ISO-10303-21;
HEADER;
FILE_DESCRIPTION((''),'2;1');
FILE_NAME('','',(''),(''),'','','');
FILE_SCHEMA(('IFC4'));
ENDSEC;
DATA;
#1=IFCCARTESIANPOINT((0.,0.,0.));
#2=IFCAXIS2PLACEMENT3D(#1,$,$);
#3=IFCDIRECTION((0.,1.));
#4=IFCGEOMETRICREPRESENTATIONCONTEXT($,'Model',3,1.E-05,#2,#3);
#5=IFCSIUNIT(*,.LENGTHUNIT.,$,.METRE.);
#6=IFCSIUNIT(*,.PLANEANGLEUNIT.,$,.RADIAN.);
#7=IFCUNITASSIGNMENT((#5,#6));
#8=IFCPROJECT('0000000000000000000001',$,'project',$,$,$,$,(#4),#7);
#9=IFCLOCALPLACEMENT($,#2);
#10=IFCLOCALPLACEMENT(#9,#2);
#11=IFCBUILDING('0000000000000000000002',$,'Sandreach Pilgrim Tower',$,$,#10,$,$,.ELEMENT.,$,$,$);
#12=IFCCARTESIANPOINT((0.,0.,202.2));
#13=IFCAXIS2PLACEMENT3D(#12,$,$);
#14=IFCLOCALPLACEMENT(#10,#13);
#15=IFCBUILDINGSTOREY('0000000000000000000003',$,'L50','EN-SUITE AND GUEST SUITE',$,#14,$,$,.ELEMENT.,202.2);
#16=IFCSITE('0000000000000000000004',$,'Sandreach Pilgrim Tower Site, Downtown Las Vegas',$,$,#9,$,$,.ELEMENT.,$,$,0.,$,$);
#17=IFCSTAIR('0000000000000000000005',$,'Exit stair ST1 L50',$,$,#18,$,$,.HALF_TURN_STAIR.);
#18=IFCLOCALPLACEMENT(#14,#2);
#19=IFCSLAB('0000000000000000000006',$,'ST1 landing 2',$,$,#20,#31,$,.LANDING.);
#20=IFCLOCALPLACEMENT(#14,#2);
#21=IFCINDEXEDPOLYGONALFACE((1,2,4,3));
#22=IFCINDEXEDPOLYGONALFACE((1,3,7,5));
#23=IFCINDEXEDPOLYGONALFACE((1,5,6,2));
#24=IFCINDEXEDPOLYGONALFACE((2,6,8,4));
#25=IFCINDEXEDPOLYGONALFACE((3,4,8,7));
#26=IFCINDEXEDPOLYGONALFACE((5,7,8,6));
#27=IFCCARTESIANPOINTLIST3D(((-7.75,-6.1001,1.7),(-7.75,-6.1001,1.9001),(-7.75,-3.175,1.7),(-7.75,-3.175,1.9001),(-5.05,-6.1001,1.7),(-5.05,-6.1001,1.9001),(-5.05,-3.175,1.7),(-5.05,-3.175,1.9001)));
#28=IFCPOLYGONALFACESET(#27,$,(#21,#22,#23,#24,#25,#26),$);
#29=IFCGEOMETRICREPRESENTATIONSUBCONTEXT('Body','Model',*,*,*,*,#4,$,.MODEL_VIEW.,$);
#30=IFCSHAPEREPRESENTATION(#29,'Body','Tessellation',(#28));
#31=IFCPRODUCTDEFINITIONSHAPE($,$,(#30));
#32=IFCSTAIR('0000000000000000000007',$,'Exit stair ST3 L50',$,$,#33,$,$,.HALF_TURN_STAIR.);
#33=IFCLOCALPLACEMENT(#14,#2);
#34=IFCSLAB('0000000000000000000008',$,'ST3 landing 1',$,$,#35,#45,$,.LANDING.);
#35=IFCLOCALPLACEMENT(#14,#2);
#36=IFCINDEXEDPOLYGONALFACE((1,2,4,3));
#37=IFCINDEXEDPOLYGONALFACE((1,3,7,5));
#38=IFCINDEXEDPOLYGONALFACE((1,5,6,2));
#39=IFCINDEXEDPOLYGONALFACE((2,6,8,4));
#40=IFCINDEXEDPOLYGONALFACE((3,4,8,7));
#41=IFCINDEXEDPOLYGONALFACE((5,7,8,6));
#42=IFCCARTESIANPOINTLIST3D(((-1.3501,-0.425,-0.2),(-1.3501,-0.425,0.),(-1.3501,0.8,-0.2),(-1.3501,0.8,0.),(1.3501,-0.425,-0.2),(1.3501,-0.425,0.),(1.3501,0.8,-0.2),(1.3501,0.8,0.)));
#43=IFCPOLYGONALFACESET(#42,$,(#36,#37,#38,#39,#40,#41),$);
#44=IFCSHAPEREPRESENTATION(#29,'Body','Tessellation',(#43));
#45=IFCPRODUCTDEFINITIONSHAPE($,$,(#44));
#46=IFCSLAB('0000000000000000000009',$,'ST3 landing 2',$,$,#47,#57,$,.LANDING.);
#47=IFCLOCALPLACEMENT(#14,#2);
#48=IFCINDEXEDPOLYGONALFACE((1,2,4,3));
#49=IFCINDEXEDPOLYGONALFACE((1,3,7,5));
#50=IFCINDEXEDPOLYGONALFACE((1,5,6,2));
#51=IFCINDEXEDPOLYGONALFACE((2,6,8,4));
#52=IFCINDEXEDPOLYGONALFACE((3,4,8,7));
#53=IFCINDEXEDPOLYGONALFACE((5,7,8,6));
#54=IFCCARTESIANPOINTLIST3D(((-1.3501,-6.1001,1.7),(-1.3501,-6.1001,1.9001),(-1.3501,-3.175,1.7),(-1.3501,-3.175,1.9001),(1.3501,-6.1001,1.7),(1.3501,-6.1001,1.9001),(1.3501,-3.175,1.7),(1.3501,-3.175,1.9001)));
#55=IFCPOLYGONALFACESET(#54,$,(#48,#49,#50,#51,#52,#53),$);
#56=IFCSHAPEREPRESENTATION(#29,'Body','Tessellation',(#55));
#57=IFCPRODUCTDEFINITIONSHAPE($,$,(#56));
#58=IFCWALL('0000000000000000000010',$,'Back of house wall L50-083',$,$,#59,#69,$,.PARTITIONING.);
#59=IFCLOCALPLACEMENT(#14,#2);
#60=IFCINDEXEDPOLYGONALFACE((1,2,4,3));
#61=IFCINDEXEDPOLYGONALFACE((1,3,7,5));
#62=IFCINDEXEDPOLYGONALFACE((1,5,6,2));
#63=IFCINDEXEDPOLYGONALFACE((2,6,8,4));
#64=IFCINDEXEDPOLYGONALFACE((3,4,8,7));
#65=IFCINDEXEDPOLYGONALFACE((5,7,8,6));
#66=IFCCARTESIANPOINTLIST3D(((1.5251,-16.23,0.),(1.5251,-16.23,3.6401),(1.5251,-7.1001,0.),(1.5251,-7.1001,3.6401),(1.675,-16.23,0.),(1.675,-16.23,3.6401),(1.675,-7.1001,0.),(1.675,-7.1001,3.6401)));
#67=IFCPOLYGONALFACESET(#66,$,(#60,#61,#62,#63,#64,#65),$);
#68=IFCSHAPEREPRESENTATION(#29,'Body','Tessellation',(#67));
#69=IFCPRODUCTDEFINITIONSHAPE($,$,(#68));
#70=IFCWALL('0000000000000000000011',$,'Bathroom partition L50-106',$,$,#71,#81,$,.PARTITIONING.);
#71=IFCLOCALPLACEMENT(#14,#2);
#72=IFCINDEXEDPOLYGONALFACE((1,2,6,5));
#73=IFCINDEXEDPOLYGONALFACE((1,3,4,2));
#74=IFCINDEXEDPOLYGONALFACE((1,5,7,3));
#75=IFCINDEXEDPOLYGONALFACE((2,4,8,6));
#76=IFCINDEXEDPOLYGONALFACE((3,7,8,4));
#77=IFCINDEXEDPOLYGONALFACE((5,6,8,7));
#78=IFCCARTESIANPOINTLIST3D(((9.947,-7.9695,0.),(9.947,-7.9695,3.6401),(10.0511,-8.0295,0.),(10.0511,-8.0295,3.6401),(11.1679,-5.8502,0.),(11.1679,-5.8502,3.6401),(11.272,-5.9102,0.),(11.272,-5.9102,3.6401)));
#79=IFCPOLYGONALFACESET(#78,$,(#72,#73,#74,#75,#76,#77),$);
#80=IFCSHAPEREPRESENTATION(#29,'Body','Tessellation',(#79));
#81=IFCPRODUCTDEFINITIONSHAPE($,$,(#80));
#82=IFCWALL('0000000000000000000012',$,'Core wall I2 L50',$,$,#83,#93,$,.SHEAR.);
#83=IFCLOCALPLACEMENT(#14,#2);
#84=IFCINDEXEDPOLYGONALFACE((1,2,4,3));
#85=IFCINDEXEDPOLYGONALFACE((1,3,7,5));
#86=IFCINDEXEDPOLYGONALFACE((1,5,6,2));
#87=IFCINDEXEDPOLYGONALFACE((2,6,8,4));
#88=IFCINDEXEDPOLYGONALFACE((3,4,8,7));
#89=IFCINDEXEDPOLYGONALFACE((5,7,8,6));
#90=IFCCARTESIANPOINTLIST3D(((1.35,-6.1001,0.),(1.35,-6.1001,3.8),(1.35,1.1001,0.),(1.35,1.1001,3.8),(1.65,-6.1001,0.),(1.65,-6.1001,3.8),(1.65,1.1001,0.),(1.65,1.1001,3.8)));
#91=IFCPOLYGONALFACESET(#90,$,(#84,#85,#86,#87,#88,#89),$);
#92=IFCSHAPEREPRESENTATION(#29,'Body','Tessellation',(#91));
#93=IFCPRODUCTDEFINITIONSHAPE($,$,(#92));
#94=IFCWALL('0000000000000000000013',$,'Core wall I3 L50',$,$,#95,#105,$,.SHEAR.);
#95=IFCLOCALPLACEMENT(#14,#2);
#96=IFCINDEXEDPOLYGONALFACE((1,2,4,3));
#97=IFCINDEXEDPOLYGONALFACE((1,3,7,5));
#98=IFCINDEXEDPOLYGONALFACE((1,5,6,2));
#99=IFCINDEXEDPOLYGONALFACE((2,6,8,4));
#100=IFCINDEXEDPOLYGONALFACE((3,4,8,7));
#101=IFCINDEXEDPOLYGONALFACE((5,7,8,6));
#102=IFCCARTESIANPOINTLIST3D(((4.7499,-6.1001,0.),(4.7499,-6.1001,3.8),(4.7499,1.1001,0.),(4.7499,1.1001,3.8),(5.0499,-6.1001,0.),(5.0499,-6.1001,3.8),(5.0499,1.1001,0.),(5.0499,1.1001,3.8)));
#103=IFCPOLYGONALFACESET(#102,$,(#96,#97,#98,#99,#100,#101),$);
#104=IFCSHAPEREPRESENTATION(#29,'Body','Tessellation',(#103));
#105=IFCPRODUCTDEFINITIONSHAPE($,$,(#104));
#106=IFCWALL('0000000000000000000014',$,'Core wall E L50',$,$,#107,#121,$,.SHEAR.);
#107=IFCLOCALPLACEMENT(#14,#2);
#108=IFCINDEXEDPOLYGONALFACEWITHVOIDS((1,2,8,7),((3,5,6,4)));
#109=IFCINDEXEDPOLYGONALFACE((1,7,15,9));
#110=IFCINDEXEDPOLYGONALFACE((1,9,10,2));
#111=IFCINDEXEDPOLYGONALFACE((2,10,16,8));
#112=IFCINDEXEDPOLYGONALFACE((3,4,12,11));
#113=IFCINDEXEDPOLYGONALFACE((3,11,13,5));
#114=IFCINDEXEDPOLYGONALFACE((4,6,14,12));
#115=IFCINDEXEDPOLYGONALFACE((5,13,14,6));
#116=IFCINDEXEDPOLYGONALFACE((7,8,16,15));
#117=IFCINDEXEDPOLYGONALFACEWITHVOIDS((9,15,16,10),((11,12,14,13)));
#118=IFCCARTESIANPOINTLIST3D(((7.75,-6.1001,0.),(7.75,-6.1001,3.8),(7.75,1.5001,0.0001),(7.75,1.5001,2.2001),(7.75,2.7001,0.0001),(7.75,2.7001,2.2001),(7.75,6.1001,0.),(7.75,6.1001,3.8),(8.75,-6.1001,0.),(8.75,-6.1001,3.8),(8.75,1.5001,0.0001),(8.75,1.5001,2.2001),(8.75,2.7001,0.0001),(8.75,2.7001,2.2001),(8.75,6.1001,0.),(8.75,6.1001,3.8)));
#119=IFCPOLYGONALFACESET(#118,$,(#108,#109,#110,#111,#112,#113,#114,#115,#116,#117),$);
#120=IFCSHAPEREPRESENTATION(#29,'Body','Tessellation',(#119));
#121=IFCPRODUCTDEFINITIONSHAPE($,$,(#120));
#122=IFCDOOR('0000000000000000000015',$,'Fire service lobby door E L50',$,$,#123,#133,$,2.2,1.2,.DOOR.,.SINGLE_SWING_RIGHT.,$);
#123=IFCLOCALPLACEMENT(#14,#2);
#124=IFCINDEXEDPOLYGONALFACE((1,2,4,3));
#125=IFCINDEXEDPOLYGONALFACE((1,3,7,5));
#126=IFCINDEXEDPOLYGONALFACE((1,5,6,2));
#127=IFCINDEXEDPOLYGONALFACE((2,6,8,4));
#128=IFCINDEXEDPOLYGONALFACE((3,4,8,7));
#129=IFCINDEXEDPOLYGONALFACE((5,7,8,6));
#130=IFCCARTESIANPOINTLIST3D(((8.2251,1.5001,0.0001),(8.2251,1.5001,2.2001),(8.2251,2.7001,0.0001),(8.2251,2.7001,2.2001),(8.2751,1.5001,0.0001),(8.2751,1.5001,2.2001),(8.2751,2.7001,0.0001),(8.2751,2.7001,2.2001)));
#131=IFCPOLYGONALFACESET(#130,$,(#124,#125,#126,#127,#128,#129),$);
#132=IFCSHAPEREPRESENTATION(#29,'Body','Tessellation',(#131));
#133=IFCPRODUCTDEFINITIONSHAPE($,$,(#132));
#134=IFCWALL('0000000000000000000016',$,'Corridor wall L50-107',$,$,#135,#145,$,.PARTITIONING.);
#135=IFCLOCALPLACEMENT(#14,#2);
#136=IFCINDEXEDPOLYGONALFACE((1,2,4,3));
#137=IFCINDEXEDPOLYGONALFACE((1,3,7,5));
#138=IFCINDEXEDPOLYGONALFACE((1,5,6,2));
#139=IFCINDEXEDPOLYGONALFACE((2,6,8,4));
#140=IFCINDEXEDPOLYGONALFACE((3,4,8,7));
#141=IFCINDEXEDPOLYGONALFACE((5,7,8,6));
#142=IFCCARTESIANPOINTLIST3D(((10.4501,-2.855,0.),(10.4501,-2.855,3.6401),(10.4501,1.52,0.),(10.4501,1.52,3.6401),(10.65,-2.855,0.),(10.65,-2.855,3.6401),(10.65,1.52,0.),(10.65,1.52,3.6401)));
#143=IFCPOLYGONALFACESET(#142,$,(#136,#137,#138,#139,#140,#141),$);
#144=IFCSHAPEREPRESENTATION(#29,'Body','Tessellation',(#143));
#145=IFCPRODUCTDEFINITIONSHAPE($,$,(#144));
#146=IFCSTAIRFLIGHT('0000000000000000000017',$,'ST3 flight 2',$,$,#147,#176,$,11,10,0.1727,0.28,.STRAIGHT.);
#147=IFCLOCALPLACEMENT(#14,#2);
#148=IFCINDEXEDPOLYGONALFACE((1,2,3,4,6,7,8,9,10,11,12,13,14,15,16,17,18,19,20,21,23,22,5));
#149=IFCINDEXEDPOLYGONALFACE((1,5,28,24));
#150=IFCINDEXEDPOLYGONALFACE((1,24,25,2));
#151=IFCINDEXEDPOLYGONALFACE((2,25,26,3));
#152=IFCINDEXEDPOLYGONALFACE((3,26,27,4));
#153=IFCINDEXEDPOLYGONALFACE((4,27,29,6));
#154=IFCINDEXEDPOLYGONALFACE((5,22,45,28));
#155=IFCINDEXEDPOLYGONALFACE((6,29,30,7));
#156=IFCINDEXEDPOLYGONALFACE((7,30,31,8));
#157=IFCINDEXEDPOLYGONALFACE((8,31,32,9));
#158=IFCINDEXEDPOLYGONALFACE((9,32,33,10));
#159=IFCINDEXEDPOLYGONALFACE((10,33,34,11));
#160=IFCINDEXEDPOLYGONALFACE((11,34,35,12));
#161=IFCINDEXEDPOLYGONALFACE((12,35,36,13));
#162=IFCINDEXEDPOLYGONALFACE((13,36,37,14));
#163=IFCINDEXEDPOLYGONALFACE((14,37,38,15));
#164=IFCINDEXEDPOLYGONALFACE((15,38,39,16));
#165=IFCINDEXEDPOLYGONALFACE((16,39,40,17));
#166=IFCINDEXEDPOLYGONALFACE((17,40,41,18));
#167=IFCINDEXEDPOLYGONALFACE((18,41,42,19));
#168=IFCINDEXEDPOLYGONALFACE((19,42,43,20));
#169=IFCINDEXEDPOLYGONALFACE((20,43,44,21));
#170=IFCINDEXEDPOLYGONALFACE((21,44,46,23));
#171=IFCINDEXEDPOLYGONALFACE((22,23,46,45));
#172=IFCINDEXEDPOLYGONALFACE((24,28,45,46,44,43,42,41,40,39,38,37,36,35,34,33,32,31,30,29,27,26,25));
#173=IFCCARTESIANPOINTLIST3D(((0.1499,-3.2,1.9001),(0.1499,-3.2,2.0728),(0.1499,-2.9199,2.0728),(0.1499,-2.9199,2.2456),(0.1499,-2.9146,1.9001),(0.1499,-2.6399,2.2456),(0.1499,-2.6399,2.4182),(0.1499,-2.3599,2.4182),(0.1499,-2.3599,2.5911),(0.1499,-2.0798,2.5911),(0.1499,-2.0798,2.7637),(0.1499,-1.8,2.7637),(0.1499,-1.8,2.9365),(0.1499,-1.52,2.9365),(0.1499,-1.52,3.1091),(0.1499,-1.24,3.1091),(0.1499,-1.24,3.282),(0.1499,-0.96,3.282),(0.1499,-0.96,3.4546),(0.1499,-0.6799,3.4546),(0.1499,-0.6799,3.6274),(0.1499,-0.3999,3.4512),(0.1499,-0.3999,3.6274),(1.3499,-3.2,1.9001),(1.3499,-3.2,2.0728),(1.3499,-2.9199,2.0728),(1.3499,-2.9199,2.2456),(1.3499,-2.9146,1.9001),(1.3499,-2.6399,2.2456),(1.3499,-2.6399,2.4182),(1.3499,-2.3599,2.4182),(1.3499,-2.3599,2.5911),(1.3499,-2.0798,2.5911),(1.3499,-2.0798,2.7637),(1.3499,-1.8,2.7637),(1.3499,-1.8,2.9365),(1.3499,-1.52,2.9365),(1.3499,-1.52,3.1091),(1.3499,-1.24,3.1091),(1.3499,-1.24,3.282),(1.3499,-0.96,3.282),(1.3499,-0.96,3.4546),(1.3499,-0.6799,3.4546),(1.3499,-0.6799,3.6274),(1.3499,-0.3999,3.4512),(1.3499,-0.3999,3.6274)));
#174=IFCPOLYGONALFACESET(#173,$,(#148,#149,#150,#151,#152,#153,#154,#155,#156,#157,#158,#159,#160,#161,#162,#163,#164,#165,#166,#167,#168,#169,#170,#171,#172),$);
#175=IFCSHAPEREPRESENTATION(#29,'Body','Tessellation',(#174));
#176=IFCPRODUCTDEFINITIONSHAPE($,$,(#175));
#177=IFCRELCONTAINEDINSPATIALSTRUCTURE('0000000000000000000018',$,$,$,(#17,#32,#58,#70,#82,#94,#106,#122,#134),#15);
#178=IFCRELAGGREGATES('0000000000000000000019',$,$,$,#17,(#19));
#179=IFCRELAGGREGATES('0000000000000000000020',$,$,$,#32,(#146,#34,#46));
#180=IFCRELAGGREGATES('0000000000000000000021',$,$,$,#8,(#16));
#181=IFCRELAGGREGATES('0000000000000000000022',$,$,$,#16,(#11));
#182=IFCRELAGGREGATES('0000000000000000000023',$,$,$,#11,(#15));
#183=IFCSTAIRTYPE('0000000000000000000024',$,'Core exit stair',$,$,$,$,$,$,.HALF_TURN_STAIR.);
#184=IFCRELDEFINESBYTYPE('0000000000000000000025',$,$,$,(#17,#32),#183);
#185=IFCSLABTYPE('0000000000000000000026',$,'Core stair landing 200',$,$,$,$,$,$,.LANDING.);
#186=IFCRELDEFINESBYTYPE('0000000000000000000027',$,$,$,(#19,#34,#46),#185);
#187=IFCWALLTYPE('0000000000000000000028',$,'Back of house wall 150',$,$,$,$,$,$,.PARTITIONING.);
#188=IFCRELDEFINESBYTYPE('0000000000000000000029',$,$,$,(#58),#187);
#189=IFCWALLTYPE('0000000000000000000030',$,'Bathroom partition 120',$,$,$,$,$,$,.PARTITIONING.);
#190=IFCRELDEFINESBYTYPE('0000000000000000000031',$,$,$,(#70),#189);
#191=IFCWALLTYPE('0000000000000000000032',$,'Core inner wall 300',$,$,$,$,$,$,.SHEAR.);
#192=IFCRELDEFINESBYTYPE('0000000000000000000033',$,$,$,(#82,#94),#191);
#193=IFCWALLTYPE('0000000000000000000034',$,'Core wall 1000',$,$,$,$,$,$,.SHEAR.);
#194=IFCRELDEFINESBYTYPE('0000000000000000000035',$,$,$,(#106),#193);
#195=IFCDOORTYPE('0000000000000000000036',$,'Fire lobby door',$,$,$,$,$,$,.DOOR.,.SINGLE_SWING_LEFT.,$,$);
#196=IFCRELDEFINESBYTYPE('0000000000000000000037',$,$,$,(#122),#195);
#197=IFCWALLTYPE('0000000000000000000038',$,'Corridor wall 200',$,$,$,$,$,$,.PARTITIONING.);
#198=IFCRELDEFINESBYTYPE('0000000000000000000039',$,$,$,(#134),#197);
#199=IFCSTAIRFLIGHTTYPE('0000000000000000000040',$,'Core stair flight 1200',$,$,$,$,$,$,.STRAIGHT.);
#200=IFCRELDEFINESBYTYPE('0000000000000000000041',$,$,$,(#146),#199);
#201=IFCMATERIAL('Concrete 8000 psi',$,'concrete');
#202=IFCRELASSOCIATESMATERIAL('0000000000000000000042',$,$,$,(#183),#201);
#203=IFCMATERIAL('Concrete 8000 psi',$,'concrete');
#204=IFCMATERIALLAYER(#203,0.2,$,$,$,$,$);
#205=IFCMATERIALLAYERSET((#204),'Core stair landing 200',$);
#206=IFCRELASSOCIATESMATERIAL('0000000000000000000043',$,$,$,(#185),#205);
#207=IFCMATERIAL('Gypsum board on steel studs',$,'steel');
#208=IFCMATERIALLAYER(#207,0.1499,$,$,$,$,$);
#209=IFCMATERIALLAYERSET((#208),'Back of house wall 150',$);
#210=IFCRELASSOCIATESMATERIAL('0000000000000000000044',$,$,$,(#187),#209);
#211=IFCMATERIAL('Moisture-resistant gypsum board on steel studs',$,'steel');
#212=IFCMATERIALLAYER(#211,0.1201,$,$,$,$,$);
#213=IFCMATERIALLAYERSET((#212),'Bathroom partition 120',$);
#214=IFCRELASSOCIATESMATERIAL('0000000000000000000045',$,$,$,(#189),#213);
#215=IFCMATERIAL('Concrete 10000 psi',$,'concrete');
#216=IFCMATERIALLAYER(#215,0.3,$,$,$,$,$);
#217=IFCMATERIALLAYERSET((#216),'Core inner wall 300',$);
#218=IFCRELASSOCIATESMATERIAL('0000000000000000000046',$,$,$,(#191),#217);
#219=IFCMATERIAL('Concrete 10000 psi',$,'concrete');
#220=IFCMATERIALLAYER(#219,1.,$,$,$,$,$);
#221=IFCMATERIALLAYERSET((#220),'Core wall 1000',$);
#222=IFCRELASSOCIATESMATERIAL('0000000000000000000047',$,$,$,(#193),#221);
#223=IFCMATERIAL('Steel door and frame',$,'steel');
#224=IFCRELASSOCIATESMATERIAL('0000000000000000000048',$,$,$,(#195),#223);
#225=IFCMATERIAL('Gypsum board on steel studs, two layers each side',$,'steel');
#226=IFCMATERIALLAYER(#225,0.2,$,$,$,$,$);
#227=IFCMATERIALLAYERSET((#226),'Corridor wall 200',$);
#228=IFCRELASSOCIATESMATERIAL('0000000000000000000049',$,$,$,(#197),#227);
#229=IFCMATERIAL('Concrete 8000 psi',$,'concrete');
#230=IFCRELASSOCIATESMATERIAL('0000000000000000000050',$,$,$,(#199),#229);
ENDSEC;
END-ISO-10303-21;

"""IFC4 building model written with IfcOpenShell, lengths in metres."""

from ifc_helpers import new_model, si_unit, direction, frame, frame_2d, origin, place, context, subcontext, project, spatial, polyline, rectangle, outline, extrude, material, layer, layer_set, type_object, element, fill, aggregate, save


model = new_model("IFC4")

# Units and contexts
model_context = context("Model", 3, precision=1e-05, world=origin(), true_north=direction((0.0, 1.0)))
body_context = subcontext(model_context, "Body", "Model", "MODEL_VIEW")
ifc_project = project(units=[si_unit("LENGTHUNIT", "METRE"), si_unit("PLANEANGLEUNIT", "RADIAN")], contexts=[model_context])

# Site, building, storey
site_placement = place(None, origin())
site = spatial("IfcSite", under=ifc_project, at=site_placement, Name="Sandreach Pilgrim Tower Site, Downtown Las Vegas", CompositionType="ELEMENT", RefElevation=0.0)
building_placement = place(site_placement, origin())
building = spatial("IfcBuilding", under=site, at=building_placement, Name="Sandreach Pilgrim Tower", CompositionType="ELEMENT")
storey_placement = place(building_placement, frame((0.0, 0.0, 202.2)))
storey = spatial("IfcBuildingStorey", under=building, at=storey_placement, Name="L50", Description="EN-SUITE AND GUEST SUITE", CompositionType="ELEMENT", Elevation=202.2)

# Stairs, slabs
ifc_material_1 = material(Name="Concrete 8000 psi", Category="concrete")
stair_type = type_object("IfcStairType", Name="Core exit stair", PredefinedType="HALF_TURN_STAIR", material=ifc_material_1)
stair_1_placement = place(storey_placement, origin())
stair_1 = element("IfcStair", 1, at=stair_1_placement, inside=storey, type_object=stair_type, Name="Exit stair ST1 L50", PredefinedType="HALF_TURN_STAIR")
ifc_material_2 = material(Name="Concrete 8000 psi", Category="concrete")
ifc_layer_1 = layer(ifc_material_2, 0.2)
ifc_layer_set_1 = layer_set([ifc_layer_1], Name="Core stair landing 200")
slab_type_1 = type_object("IfcSlabType", Name="Core stair landing 200", PredefinedType="LANDING", material=ifc_layer_set_1)
slab_1_placement = place(storey_placement, frame((0.0, 0.0, 1.7)))
slab_1 = element("IfcSlab", 2, at=slab_1_placement, type_object=slab_type_1, Name="ST1 landing 2", PredefinedType="LANDING", context=body_context, shape_type="SweptSolid", body=[
    extrude(outline(polyline([(-7.75, -6.1001), (-5.05, -6.1001), (-5.05, -3.175), (-7.75, -3.175), (-7.75, -6.1001)])), origin(), (0.0, 0.0, 1.0), 0.2002),
])
aggregate(stair_1, [slab_1])
stair_2_placement = place(storey_placement, origin())
stair_2 = element("IfcStair", 3, at=stair_2_placement, inside=storey, type_object=stair_type, Name="Exit stair ST3 L50", PredefinedType="HALF_TURN_STAIR")
slab_2_placement = place(storey_placement, frame((0.0, 0.0, -0.2)))
slab_2 = element("IfcSlab", 4, at=slab_2_placement, type_object=slab_type_1, Name="ST3 landing 1", PredefinedType="LANDING", context=body_context, shape_type="SweptSolid", body=[
    extrude(outline(polyline([(-1.3501, -0.425), (1.3501, -0.425), (1.3501, 0.8), (-1.3501, 0.8), (-1.3501, -0.425)])), origin(), (0.0, 0.0, 1.0), 0.2),
])
slab_3_placement = place(storey_placement, frame((0.0, 0.0, 1.7)))
slab_3 = element("IfcSlab", 5, at=slab_3_placement, type_object=slab_type_1, Name="ST3 landing 2", PredefinedType="LANDING", context=body_context, shape_type="SweptSolid", body=[
    extrude(outline(polyline([(-1.3501, -6.1001), (1.3501, -6.1001), (1.3501, -3.175), (-1.3501, -3.175), (-1.3501, -6.1001)])), origin(), (0.0, 0.0, 1.0), 0.2002),
])

# Walls
ifc_material_3 = material(Name="Gypsum board on steel studs", Category="steel")
ifc_layer_2 = layer(ifc_material_3, 0.1499)
ifc_layer_set_2 = layer_set([ifc_layer_2], Name="Back of house wall 150")
wall_type_1 = type_object("IfcWallType", Name="Back of house wall 150", PredefinedType="PARTITIONING", material=ifc_layer_set_2)
wall_1_placement = place(storey_placement, frame((1.6001, -7.1001, 0.0), z_axis=(0.0, 0.0, 1.0), x_axis=(0.0, -1.0, 0.0)))
element("IfcWall", 6, at=wall_1_placement, inside=storey, type_object=wall_type_1, Name="Back of house wall L50-083", PredefinedType="PARTITIONING", context=body_context, shape_type="SweptSolid", body=[
    extrude(rectangle(XDim=9.1299, YDim=0.1499, at=frame_2d((4.5649, 0.0))), origin(), (0.0, 0.0, 1.0), 3.6401),
])
ifc_material_4 = material(Name="Moisture-resistant gypsum board on steel studs", Category="steel")
ifc_layer_3 = layer(ifc_material_4, 0.1201)
ifc_layer_set_3 = layer_set([ifc_layer_3], Name="Bathroom partition 120")
wall_type_2 = type_object("IfcWallType", Name="Bathroom partition 120", PredefinedType="PARTITIONING", material=ifc_layer_set_3)
wall_2_placement = place(storey_placement, frame((9.999, -7.9995, 0.0), z_axis=(0.0, 0.0, 1.0), x_axis=(0.499178, 0.866499, 0.0)))
element("IfcWall", 7, at=wall_2_placement, inside=storey, type_object=wall_type_2, Name="Bathroom partition L50-106", PredefinedType="PARTITIONING", context=body_context, shape_type="SweptSolid", body=[
    extrude(rectangle(XDim=2.4458, YDim=0.1201, at=frame_2d((1.2229, 0.0))), origin(), (0.0, 0.0, 1.0), 3.6401),
])
ifc_material_5 = material(Name="Concrete 10000 psi", Category="concrete")
ifc_layer_4 = layer(ifc_material_5, 0.3)
ifc_layer_set_4 = layer_set([ifc_layer_4], Name="Core inner wall 300")
wall_type_3 = type_object("IfcWallType", Name="Core inner wall 300", PredefinedType="SHEAR", material=ifc_layer_set_4)
for number, where, z_axis, x_axis, name in (
    (8, (1.5, -6.1001, 0.0), (0.0, 0.0, 1.0), (0.0, 1.0, 0.0), "Core wall I2 L50"),
    (9, (4.8999, -6.1001, 0.0), (0.0, 0.0, 1.0), (0.0, 1.0, 0.0), "Core wall I3 L50"),
):
    element("IfcWall", number, at=place(storey_placement, frame(where, z_axis=z_axis, x_axis=x_axis)), inside=storey, type_object=wall_type_3, Name=name, PredefinedType="SHEAR", context=body_context, shape_type="SweptSolid", body=[
        extrude(rectangle(XDim=7.2002, YDim=0.3, at=frame_2d((3.6001, 0.0))), origin(), (0.0, 0.0, 1.0), 3.8),
    ])

# Wall, opening, door
ifc_material_6 = material(Name="Concrete 10000 psi", Category="concrete")
ifc_layer_5 = layer(ifc_material_6, 1.0)
ifc_layer_set_5 = layer_set([ifc_layer_5], Name="Core wall 1000")
wall_type_4 = type_object("IfcWallType", Name="Core wall 1000", PredefinedType="SHEAR", material=ifc_layer_set_5)
wall_3_placement = place(storey_placement, frame((8.25, -6.1001, 0.0), z_axis=(0.0, 0.0, 1.0), x_axis=(0.0, 1.0, 0.0)))
wall_3 = element("IfcWall", 10, at=wall_3_placement, inside=storey, type_object=wall_type_4, Name="Core wall E L50", PredefinedType="SHEAR", context=body_context, shape_type="SweptSolid", body=[
    extrude(rectangle(XDim=12.2002, YDim=1.0, at=frame_2d((6.1001, 0.0))), origin(), (0.0, 0.0, 1.0), 3.8),
])
opening_1_placement = place(wall_3_placement, frame((7.6001, 0.0, 0.0)))
opening_1 = element("IfcOpeningElement", 11, at=opening_1_placement, cuts=wall_3, PredefinedType="OPENING", context=body_context, shape_type="SweptSolid", body=[
    extrude(rectangle(XDim=1.2, YDim=2.2, at=frame_2d((0.6001, 1.1001))), frame((0.0, 0.5, 0.0), z_axis=(0.0, -1.0, 0.0), x_axis=(1.0, 0.0, 0.0)), (0.0, 0.0, 1.0), 1.0),
])
ifc_material_7 = material(Name="Steel door and frame", Category="steel")
door_type_1 = type_object("IfcDoorType", Name="Fire lobby door", OperationType="SINGLE_SWING_LEFT", PredefinedType="DOOR", material=ifc_material_7)
door_1_placement = place(opening_1_placement, origin())
door_1 = element("IfcDoor", 12, at=door_1_placement, inside=storey, type_object=door_type_1, Name="Fire service lobby door E L50", OperationType="SINGLE_SWING_RIGHT", OverallHeight=2.2, OverallWidth=1.2, PredefinedType="DOOR", context=body_context, shape_type="SweptSolid", body=[
    extrude(rectangle(XDim=1.2, YDim=2.2, at=frame_2d((0.6001, 1.1001))), frame((0.0, 0.0249, 0.0), z_axis=(0.0, -1.0, 0.0), x_axis=(1.0, 0.0, 0.0)), (0.0, 0.0, 1.0), 0.05),
])
fill(opening_1, door_1)
ifc_material_8 = material(Name="Gypsum board on steel studs, two layers each side", Category="steel")
ifc_layer_6 = layer(ifc_material_8, 0.2)
ifc_layer_set_6 = layer_set([ifc_layer_6], Name="Corridor wall 200")
wall_type_5 = type_object("IfcWallType", Name="Corridor wall 200", PredefinedType="PARTITIONING", material=ifc_layer_set_6)

# Wall
wall_4_placement = place(storey_placement, frame((10.55, -2.855, 0.0), z_axis=(0.0, 0.0, 1.0), x_axis=(0.0, 1.0, 0.0)))
element("IfcWall", 13, at=wall_4_placement, inside=storey, type_object=wall_type_5, Name="Corridor wall L50-107", PredefinedType="PARTITIONING", context=body_context, shape_type="SweptSolid", body=[
    extrude(rectangle(XDim=4.375, YDim=0.2, at=frame_2d((2.1875, 0.0))), origin(), (0.0, 0.0, 1.0), 3.6401),
])

# Stair flight
ifc_material_9 = material(Name="Concrete 8000 psi", Category="concrete")
stair_flight_type = type_object("IfcStairFlightType", Name="Core stair flight 1200", PredefinedType="STRAIGHT", material=ifc_material_9)
stair_flight_1_placement = place(storey_placement, frame((0.75, -3.2, 1.9001), z_axis=(0.0, 0.0, 1.0), x_axis=(0.0, 1.0, 0.0)))
stair_flight_1 = element("IfcStairFlight", 14, at=stair_flight_1_placement, type_object=stair_flight_type, Name="ST3 flight 2", NumberOfRisers=11, NumberOfTreads=10, PredefinedType="STRAIGHT", RiserHeight=0.1727, TreadLength=0.28, context=body_context, shape_type="SweptSolid", body=[
    extrude(outline(polyline([(0.0, 0.0), (0.0, 0.1726), (0.28, 0.1726), (0.28, 0.3455), (0.5601, 0.3455), (0.5601, 0.5181), (0.8401, 0.5181), (0.8401, 0.6909), (1.1201, 0.6909), (1.1201, 0.8635), (1.3999, 0.8635), (1.3999, 1.0364), (1.6799, 1.0364), (1.6799, 1.209), (1.96, 1.209), (1.96, 1.3818), (2.24, 1.3818), (2.24, 1.5544), (2.52, 1.5544), (2.52, 1.7273), (2.8, 1.7273), (2.8, 1.8999), (2.8, 1.551), (0.2854, 0.0), (0.0, 0.0)])), frame((0.0, 0.6001, 0.0), z_axis=(0.0, -1.0, 0.0), x_axis=(1.0, 0.0, 0.0)), (0.0, 0.0, 1.0), 1.2),
])
aggregate(stair_2, [stair_flight_1, slab_2, slab_3])

save(model, "model.ifc")
